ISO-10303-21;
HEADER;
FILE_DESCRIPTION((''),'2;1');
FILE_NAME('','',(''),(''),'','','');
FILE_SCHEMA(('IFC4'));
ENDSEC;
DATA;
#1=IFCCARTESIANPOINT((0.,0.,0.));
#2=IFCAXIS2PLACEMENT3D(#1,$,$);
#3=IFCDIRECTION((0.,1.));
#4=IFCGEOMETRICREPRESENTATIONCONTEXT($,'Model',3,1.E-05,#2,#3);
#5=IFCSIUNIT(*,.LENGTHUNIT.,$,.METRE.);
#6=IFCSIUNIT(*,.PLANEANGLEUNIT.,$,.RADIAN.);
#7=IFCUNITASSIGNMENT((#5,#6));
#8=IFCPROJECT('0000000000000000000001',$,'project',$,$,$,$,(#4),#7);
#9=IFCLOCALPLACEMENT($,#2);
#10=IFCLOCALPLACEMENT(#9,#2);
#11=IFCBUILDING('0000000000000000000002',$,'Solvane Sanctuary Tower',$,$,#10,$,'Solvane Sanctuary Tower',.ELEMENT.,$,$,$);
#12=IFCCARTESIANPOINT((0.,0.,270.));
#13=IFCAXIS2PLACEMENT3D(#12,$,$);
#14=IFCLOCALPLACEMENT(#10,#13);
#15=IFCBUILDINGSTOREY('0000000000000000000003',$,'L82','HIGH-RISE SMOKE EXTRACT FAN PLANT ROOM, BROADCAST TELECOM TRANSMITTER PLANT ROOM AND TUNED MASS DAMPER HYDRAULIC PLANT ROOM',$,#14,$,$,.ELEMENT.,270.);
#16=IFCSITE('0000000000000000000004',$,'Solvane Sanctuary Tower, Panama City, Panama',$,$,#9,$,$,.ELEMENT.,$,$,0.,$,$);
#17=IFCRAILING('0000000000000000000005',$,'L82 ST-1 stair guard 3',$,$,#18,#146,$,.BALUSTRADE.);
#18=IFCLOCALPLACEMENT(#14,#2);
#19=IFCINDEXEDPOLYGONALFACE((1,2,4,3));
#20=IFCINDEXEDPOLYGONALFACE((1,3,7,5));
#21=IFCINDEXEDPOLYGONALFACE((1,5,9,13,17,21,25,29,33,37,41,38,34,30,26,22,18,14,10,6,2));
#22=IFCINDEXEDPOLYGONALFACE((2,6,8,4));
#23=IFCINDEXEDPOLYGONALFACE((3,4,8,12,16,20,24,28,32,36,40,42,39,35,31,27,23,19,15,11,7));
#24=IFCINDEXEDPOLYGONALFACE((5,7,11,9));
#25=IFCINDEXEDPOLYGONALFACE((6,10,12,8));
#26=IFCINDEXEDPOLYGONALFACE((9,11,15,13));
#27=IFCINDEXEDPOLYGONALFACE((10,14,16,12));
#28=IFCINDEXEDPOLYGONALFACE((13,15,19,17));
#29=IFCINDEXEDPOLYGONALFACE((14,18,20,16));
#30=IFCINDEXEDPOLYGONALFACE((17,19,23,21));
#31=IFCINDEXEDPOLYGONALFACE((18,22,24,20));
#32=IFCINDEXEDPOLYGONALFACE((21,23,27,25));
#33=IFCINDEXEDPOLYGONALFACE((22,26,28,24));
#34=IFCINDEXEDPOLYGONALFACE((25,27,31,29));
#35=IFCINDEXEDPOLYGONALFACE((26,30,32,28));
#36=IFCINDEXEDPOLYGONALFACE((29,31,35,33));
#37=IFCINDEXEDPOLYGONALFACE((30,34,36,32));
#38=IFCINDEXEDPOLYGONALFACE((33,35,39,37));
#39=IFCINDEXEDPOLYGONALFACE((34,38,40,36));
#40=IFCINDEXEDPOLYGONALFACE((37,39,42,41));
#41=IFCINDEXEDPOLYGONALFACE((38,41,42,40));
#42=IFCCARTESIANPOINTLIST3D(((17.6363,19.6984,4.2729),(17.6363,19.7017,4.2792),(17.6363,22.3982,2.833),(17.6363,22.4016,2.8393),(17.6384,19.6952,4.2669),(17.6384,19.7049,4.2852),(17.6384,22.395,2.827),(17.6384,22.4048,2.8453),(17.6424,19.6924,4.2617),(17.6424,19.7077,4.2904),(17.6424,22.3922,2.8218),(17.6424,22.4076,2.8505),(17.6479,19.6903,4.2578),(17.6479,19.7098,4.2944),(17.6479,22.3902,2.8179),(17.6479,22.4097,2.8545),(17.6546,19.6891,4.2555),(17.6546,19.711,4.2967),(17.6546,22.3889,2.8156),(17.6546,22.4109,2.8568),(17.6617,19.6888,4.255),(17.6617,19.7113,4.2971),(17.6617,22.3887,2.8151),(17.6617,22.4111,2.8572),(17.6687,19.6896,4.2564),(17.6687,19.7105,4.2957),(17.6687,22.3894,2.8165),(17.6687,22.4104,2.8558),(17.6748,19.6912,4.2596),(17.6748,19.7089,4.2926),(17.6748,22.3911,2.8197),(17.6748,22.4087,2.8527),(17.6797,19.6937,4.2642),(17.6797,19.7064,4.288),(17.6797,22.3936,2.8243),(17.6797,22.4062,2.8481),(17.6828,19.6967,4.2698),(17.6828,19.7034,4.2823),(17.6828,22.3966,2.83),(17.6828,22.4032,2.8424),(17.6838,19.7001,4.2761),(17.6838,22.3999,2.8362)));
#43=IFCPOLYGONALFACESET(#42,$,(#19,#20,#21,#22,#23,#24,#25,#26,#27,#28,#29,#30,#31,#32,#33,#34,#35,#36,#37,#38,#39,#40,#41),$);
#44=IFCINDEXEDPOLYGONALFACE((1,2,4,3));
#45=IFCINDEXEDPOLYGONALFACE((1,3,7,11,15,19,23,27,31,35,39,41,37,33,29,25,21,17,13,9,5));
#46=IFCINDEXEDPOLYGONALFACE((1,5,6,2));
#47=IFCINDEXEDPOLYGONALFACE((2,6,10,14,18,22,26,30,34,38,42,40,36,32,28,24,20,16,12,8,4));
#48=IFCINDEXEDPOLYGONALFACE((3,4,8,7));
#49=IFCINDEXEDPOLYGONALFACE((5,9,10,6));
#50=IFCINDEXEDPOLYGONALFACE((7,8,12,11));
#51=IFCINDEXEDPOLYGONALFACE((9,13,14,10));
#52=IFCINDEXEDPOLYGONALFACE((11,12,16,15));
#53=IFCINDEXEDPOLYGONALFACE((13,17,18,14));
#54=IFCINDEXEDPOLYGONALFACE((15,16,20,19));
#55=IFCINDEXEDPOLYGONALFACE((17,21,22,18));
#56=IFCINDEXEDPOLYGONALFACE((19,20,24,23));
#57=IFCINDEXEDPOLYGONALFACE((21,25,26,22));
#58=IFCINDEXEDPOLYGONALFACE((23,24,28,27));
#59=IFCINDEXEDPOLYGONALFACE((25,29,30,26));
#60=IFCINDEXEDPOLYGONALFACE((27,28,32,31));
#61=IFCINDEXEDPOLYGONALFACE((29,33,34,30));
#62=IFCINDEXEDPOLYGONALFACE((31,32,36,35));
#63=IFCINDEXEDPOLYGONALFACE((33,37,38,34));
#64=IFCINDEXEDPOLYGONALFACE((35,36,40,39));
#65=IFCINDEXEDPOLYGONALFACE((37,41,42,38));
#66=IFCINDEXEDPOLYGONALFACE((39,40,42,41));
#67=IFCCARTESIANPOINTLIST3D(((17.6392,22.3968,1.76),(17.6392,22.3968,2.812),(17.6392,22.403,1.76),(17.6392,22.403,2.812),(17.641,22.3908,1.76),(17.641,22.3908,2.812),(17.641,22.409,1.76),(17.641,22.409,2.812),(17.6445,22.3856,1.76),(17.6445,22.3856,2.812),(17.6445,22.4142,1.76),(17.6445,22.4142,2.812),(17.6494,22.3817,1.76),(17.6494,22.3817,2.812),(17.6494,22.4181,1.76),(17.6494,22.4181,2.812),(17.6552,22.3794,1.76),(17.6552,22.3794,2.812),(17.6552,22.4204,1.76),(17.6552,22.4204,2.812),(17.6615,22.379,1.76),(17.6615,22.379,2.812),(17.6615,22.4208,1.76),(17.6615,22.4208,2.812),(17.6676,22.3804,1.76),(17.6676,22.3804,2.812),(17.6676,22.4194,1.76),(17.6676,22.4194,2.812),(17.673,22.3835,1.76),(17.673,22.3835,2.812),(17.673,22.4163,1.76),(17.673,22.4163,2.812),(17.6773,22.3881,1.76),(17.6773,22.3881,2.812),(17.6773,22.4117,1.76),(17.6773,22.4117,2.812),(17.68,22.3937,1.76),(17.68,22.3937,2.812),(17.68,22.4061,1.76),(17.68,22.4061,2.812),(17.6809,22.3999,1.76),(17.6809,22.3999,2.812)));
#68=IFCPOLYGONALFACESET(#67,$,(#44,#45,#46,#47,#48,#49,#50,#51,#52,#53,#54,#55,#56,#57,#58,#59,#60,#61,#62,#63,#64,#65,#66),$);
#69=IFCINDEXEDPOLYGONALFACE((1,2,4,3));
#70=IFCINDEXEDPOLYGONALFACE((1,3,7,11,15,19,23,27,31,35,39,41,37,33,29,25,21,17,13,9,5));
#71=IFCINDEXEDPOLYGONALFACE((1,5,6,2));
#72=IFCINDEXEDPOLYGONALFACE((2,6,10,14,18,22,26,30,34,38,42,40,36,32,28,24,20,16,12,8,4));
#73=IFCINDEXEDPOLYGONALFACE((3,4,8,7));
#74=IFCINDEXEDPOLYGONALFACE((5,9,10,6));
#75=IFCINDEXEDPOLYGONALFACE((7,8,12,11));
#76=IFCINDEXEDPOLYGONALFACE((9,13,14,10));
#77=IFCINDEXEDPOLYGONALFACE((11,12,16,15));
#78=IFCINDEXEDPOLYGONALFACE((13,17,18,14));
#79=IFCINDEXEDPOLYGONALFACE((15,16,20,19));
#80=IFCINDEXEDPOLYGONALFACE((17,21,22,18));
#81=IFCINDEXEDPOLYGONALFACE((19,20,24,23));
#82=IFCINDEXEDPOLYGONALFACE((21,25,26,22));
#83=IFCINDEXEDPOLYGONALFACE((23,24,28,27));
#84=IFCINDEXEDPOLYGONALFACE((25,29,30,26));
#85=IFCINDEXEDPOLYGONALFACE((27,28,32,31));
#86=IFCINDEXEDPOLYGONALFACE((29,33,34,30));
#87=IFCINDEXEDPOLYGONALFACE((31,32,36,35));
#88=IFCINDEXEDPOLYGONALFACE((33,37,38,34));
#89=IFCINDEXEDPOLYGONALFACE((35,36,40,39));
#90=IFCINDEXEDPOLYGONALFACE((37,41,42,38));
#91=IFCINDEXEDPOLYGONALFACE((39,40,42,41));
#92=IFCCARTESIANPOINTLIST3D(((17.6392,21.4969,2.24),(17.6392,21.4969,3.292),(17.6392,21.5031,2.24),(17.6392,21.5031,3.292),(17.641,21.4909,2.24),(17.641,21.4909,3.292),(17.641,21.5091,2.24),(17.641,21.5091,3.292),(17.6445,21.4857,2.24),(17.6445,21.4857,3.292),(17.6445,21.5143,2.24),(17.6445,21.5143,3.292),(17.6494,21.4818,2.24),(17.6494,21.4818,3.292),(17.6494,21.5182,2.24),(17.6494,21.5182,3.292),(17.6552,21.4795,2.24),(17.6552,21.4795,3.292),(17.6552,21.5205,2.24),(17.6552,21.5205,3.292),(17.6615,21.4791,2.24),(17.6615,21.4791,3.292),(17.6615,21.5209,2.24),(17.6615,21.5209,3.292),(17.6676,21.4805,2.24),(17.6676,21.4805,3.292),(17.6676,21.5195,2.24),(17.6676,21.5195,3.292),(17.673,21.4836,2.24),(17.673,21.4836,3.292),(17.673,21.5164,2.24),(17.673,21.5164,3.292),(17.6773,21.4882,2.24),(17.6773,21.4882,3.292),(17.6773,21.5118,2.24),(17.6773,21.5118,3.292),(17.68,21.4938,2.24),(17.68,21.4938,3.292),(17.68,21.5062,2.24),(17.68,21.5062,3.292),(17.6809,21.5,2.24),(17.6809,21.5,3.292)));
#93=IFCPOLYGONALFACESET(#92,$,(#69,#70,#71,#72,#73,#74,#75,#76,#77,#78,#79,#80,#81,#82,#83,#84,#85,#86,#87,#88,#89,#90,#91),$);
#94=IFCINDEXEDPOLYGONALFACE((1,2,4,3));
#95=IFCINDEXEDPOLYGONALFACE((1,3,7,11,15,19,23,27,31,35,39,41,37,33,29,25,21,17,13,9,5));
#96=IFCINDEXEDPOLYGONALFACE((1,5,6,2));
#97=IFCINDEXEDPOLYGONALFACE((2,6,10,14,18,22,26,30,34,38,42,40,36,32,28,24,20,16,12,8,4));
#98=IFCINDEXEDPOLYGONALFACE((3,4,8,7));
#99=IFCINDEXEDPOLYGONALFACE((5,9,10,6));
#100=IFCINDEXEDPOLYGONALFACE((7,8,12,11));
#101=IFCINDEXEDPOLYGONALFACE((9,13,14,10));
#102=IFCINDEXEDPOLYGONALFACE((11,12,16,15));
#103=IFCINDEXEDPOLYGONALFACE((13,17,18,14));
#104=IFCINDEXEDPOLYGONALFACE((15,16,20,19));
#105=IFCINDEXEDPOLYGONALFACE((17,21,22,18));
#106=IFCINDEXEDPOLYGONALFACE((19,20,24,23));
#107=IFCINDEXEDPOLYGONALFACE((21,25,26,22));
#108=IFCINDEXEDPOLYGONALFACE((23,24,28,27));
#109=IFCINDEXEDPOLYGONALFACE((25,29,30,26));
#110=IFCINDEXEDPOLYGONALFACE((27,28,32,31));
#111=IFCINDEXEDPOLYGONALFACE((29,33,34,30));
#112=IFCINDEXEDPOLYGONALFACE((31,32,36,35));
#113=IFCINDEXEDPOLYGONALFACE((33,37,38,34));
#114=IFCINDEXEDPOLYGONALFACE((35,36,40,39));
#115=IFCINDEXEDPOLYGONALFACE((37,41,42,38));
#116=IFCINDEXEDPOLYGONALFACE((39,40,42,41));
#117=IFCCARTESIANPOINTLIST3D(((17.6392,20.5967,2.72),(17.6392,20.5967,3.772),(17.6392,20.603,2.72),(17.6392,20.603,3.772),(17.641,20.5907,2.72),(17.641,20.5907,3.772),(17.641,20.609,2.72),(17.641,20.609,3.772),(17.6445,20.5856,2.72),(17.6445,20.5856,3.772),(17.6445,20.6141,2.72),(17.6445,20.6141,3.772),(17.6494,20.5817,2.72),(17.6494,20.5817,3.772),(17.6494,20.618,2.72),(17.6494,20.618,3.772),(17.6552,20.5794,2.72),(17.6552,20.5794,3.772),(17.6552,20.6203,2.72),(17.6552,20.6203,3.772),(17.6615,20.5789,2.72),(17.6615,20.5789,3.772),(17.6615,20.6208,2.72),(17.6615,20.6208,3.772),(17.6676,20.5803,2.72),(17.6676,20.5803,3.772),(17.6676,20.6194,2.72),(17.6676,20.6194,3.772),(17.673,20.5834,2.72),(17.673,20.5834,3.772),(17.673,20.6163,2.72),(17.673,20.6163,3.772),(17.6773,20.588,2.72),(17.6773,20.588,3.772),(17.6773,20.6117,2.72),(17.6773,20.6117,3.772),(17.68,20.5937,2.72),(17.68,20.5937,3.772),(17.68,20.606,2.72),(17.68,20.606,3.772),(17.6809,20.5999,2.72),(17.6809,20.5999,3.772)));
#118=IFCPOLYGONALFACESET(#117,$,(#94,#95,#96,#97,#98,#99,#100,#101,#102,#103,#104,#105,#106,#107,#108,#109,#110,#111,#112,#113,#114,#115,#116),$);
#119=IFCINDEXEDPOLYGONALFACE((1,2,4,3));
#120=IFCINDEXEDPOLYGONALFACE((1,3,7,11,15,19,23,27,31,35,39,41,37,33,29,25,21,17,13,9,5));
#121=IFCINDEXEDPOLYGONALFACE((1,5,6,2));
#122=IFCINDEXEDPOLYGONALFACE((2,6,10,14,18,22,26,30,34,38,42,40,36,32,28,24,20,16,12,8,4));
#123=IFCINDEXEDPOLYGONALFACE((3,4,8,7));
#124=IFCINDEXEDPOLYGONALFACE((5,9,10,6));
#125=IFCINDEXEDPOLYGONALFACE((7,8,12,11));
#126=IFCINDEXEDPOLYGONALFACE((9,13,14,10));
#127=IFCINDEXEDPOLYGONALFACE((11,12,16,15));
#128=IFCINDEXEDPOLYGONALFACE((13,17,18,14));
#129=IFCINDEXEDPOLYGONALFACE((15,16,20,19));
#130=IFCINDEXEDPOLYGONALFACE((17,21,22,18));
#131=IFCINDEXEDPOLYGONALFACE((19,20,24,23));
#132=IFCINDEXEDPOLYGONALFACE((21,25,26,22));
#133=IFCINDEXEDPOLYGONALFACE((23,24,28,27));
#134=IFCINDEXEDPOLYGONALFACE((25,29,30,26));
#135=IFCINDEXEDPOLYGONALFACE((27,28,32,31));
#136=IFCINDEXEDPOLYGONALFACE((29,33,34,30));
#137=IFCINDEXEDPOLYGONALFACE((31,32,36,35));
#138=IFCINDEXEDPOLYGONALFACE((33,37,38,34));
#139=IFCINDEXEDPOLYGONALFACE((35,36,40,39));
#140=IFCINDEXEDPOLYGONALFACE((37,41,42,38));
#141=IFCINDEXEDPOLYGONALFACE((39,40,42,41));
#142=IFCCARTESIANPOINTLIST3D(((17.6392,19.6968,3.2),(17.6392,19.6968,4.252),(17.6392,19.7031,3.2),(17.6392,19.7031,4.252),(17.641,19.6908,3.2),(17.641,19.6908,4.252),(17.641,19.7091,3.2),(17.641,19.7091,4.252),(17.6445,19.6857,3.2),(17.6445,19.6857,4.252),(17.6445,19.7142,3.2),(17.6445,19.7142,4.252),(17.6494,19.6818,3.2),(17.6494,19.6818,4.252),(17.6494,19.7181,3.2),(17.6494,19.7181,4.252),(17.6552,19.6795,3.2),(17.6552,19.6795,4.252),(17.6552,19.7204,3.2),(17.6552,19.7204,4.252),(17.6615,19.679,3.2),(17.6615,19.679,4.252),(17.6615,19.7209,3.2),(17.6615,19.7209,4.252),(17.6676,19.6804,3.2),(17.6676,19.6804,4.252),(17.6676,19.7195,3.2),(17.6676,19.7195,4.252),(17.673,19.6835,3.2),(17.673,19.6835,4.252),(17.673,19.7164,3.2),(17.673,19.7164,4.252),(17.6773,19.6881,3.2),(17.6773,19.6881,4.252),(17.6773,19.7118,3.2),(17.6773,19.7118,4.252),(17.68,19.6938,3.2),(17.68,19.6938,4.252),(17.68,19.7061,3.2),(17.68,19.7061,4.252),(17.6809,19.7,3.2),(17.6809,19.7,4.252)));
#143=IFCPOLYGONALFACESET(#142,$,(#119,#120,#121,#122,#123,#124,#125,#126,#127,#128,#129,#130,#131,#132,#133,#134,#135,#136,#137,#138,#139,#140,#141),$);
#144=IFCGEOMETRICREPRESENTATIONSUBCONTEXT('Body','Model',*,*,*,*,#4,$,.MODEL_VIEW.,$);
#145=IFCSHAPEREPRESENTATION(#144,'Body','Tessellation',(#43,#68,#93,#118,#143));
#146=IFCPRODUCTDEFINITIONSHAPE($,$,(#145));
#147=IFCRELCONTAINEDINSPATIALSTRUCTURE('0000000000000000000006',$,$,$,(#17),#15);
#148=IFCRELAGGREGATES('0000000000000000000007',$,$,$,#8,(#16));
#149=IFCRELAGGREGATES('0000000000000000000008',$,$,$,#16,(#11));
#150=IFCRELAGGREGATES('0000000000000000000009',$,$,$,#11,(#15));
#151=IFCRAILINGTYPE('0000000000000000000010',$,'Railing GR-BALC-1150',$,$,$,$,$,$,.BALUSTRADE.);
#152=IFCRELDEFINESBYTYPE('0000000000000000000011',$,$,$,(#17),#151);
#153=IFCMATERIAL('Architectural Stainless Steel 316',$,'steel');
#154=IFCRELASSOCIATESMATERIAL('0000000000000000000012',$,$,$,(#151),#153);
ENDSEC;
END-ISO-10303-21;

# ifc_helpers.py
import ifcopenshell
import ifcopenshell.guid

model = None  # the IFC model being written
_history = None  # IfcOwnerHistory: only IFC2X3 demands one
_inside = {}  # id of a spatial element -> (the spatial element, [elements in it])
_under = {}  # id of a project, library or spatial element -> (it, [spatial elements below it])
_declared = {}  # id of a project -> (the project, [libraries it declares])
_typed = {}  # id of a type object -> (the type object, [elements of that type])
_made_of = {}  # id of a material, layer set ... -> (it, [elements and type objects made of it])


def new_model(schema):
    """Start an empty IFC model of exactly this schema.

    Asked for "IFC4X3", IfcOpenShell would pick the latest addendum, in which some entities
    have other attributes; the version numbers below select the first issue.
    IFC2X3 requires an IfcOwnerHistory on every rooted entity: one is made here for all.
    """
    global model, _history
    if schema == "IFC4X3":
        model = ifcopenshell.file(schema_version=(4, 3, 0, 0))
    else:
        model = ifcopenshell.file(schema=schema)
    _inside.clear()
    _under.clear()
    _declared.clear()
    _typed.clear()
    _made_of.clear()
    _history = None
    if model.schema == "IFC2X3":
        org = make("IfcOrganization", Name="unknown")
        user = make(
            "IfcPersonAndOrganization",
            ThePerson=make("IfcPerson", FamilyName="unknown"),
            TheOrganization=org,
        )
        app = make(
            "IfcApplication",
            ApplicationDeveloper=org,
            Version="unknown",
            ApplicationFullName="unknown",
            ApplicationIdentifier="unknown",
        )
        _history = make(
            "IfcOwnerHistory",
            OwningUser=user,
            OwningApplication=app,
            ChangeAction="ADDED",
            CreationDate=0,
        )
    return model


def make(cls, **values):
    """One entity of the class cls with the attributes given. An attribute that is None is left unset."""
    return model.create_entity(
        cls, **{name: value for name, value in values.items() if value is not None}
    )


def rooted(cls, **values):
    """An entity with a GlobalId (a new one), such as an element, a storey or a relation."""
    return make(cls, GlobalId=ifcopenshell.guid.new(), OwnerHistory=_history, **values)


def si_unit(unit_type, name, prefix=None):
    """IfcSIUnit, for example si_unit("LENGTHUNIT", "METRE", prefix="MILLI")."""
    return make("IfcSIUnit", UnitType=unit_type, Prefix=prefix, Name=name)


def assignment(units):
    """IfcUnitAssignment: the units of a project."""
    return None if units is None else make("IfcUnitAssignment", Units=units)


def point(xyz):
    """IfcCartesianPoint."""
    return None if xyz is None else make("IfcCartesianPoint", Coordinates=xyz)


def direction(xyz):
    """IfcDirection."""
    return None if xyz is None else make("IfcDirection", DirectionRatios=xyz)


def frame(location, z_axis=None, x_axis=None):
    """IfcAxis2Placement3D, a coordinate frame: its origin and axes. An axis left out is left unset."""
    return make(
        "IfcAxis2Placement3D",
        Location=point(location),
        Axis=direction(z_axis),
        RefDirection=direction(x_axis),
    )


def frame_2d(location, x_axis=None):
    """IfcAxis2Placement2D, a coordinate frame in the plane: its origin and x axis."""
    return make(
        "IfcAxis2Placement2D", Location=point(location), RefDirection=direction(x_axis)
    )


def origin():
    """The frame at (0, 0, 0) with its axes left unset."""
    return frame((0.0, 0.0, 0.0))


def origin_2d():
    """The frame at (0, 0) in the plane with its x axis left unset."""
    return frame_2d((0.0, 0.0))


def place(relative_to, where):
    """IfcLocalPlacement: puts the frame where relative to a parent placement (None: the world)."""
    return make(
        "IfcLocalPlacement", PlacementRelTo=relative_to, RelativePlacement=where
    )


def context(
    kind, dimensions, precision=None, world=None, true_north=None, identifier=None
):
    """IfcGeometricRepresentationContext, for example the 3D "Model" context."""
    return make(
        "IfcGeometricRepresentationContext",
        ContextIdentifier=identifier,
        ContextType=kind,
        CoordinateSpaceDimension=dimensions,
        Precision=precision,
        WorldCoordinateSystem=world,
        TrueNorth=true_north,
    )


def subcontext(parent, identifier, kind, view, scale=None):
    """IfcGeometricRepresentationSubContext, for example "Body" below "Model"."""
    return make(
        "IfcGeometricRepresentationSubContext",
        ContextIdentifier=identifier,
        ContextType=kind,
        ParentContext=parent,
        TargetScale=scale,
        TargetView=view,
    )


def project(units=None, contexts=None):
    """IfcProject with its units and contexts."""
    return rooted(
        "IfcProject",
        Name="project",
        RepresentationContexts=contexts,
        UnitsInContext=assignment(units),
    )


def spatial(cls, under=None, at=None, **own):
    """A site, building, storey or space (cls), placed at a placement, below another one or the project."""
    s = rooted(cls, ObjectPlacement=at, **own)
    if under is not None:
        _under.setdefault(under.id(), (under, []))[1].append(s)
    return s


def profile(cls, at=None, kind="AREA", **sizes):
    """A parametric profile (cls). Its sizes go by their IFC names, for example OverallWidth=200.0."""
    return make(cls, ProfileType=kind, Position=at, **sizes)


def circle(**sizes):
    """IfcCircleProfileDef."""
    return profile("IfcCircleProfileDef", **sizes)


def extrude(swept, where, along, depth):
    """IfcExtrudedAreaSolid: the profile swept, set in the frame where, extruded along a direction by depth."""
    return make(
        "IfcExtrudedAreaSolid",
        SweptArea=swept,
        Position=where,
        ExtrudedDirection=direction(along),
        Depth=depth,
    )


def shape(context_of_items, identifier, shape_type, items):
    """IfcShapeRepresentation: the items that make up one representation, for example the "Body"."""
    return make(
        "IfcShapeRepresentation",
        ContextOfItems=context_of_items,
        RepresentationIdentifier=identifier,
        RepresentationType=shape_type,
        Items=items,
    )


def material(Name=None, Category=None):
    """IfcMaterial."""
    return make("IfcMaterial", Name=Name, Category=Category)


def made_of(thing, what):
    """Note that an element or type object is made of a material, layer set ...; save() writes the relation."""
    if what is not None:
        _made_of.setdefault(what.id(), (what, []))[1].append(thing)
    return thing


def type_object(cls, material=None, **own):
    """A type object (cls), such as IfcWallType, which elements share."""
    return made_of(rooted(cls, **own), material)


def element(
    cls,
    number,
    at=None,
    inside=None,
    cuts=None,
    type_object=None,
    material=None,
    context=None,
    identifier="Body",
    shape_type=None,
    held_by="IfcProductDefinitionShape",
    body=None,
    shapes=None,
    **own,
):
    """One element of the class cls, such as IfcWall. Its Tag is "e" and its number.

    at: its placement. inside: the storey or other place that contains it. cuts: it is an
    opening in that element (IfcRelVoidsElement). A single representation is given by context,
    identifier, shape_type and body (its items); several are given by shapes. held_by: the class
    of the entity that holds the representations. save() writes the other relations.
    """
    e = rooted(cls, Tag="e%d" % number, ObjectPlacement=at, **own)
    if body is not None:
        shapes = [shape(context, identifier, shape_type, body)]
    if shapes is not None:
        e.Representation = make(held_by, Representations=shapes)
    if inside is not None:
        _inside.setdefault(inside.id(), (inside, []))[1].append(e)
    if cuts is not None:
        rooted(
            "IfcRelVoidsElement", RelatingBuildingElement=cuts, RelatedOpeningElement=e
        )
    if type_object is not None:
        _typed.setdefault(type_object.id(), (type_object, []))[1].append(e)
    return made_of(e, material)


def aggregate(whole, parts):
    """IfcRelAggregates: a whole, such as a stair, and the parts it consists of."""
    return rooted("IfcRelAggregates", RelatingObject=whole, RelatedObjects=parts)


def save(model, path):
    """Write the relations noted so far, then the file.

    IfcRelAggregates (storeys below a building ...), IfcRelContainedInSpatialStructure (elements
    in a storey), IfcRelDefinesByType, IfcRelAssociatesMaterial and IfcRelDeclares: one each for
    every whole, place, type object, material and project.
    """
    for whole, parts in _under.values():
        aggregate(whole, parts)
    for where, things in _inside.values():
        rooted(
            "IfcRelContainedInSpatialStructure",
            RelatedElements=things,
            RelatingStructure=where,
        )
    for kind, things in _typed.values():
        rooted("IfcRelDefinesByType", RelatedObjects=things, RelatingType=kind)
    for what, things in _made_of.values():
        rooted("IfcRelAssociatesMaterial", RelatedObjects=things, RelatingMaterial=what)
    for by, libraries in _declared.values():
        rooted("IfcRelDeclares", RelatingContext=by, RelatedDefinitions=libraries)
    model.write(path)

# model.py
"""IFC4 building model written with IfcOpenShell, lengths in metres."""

from ifc_helpers import new_model, si_unit, direction, frame, origin, origin_2d, place, context, subcontext, project, spatial, circle, extrude, material, type_object, element, save


model = new_model("IFC4")

# Units and contexts
model_context = context("Model", 3, precision=1e-05, world=origin(), true_north=direction((0.0, 1.0)))
body_context = subcontext(model_context, "Body", "Model", "MODEL_VIEW")
ifc_project = project(units=[si_unit("LENGTHUNIT", "METRE"), si_unit("PLANEANGLEUNIT", "RADIAN")], contexts=[model_context])

# Site, building, storey
site_placement = place(None, origin())
site = spatial("IfcSite", under=ifc_project, at=site_placement, Name="Solvane Sanctuary Tower, Panama City, Panama", CompositionType="ELEMENT", RefElevation=0.0)
building_placement = place(site_placement, origin())
building = spatial("IfcBuilding", under=site, at=building_placement, Name="Solvane Sanctuary Tower", LongName="Solvane Sanctuary Tower", CompositionType="ELEMENT")
storey_placement = place(building_placement, frame((0.0, 0.0, 270.0)))
storey = spatial("IfcBuildingStorey", under=building, at=storey_placement, Name="L82", Description="HIGH-RISE SMOKE EXTRACT FAN PLANT ROOM, BROADCAST TELECOM TRANSMITTER PLANT ROOM AND TUNED MASS DAMPER HYDRAULIC PLANT ROOM", CompositionType="ELEMENT", Elevation=270.0)

# Shared definitions
ifc_material_1 = material(Name="Architectural Stainless Steel 316", Category="steel")

# Railing
railing_type_1 = type_object("IfcRailingType", Name="Railing GR-BALC-1150", PredefinedType="BALUSTRADE", material=ifc_material_1)
railing_1_placement = place(storey_placement, frame((17.6599, 22.3999, 1.76)))
element("IfcRailing", 1, at=railing_1_placement, inside=storey, type_object=railing_type_1, Name="L82 ST-1 stair guard 3", PredefinedType="BALUSTRADE", context=body_context, shape_type="SweptSolid", body=[
    extrude(circle(Radius=0.0239, at=origin_2d()), frame((0.0, 0.0, 1.0762), z_axis=(0.0, -0.882357, 0.47058), x_axis=(1.0, 0.0, 0.0)), (0.0, 0.0, 1.0), 3.0598),
    extrude(circle(Radius=0.021, at=origin_2d()), origin(), (0.0, 0.0, 1.0), 1.052),
    extrude(circle(Radius=0.021, at=origin_2d()), frame((0.0, -0.8999, 0.48)), (0.0, 0.0, 1.0), 1.052),
    extrude(circle(Radius=0.021, at=origin_2d()), frame((0.0, -1.8, 0.96)), (0.0, 0.0, 1.0), 1.052),
    extrude(circle(Radius=0.021, at=origin_2d()), frame((0.0, -2.7, 1.4399)), (0.0, 0.0, 1.0), 1.052),
])

save(model, "model.ifc")
